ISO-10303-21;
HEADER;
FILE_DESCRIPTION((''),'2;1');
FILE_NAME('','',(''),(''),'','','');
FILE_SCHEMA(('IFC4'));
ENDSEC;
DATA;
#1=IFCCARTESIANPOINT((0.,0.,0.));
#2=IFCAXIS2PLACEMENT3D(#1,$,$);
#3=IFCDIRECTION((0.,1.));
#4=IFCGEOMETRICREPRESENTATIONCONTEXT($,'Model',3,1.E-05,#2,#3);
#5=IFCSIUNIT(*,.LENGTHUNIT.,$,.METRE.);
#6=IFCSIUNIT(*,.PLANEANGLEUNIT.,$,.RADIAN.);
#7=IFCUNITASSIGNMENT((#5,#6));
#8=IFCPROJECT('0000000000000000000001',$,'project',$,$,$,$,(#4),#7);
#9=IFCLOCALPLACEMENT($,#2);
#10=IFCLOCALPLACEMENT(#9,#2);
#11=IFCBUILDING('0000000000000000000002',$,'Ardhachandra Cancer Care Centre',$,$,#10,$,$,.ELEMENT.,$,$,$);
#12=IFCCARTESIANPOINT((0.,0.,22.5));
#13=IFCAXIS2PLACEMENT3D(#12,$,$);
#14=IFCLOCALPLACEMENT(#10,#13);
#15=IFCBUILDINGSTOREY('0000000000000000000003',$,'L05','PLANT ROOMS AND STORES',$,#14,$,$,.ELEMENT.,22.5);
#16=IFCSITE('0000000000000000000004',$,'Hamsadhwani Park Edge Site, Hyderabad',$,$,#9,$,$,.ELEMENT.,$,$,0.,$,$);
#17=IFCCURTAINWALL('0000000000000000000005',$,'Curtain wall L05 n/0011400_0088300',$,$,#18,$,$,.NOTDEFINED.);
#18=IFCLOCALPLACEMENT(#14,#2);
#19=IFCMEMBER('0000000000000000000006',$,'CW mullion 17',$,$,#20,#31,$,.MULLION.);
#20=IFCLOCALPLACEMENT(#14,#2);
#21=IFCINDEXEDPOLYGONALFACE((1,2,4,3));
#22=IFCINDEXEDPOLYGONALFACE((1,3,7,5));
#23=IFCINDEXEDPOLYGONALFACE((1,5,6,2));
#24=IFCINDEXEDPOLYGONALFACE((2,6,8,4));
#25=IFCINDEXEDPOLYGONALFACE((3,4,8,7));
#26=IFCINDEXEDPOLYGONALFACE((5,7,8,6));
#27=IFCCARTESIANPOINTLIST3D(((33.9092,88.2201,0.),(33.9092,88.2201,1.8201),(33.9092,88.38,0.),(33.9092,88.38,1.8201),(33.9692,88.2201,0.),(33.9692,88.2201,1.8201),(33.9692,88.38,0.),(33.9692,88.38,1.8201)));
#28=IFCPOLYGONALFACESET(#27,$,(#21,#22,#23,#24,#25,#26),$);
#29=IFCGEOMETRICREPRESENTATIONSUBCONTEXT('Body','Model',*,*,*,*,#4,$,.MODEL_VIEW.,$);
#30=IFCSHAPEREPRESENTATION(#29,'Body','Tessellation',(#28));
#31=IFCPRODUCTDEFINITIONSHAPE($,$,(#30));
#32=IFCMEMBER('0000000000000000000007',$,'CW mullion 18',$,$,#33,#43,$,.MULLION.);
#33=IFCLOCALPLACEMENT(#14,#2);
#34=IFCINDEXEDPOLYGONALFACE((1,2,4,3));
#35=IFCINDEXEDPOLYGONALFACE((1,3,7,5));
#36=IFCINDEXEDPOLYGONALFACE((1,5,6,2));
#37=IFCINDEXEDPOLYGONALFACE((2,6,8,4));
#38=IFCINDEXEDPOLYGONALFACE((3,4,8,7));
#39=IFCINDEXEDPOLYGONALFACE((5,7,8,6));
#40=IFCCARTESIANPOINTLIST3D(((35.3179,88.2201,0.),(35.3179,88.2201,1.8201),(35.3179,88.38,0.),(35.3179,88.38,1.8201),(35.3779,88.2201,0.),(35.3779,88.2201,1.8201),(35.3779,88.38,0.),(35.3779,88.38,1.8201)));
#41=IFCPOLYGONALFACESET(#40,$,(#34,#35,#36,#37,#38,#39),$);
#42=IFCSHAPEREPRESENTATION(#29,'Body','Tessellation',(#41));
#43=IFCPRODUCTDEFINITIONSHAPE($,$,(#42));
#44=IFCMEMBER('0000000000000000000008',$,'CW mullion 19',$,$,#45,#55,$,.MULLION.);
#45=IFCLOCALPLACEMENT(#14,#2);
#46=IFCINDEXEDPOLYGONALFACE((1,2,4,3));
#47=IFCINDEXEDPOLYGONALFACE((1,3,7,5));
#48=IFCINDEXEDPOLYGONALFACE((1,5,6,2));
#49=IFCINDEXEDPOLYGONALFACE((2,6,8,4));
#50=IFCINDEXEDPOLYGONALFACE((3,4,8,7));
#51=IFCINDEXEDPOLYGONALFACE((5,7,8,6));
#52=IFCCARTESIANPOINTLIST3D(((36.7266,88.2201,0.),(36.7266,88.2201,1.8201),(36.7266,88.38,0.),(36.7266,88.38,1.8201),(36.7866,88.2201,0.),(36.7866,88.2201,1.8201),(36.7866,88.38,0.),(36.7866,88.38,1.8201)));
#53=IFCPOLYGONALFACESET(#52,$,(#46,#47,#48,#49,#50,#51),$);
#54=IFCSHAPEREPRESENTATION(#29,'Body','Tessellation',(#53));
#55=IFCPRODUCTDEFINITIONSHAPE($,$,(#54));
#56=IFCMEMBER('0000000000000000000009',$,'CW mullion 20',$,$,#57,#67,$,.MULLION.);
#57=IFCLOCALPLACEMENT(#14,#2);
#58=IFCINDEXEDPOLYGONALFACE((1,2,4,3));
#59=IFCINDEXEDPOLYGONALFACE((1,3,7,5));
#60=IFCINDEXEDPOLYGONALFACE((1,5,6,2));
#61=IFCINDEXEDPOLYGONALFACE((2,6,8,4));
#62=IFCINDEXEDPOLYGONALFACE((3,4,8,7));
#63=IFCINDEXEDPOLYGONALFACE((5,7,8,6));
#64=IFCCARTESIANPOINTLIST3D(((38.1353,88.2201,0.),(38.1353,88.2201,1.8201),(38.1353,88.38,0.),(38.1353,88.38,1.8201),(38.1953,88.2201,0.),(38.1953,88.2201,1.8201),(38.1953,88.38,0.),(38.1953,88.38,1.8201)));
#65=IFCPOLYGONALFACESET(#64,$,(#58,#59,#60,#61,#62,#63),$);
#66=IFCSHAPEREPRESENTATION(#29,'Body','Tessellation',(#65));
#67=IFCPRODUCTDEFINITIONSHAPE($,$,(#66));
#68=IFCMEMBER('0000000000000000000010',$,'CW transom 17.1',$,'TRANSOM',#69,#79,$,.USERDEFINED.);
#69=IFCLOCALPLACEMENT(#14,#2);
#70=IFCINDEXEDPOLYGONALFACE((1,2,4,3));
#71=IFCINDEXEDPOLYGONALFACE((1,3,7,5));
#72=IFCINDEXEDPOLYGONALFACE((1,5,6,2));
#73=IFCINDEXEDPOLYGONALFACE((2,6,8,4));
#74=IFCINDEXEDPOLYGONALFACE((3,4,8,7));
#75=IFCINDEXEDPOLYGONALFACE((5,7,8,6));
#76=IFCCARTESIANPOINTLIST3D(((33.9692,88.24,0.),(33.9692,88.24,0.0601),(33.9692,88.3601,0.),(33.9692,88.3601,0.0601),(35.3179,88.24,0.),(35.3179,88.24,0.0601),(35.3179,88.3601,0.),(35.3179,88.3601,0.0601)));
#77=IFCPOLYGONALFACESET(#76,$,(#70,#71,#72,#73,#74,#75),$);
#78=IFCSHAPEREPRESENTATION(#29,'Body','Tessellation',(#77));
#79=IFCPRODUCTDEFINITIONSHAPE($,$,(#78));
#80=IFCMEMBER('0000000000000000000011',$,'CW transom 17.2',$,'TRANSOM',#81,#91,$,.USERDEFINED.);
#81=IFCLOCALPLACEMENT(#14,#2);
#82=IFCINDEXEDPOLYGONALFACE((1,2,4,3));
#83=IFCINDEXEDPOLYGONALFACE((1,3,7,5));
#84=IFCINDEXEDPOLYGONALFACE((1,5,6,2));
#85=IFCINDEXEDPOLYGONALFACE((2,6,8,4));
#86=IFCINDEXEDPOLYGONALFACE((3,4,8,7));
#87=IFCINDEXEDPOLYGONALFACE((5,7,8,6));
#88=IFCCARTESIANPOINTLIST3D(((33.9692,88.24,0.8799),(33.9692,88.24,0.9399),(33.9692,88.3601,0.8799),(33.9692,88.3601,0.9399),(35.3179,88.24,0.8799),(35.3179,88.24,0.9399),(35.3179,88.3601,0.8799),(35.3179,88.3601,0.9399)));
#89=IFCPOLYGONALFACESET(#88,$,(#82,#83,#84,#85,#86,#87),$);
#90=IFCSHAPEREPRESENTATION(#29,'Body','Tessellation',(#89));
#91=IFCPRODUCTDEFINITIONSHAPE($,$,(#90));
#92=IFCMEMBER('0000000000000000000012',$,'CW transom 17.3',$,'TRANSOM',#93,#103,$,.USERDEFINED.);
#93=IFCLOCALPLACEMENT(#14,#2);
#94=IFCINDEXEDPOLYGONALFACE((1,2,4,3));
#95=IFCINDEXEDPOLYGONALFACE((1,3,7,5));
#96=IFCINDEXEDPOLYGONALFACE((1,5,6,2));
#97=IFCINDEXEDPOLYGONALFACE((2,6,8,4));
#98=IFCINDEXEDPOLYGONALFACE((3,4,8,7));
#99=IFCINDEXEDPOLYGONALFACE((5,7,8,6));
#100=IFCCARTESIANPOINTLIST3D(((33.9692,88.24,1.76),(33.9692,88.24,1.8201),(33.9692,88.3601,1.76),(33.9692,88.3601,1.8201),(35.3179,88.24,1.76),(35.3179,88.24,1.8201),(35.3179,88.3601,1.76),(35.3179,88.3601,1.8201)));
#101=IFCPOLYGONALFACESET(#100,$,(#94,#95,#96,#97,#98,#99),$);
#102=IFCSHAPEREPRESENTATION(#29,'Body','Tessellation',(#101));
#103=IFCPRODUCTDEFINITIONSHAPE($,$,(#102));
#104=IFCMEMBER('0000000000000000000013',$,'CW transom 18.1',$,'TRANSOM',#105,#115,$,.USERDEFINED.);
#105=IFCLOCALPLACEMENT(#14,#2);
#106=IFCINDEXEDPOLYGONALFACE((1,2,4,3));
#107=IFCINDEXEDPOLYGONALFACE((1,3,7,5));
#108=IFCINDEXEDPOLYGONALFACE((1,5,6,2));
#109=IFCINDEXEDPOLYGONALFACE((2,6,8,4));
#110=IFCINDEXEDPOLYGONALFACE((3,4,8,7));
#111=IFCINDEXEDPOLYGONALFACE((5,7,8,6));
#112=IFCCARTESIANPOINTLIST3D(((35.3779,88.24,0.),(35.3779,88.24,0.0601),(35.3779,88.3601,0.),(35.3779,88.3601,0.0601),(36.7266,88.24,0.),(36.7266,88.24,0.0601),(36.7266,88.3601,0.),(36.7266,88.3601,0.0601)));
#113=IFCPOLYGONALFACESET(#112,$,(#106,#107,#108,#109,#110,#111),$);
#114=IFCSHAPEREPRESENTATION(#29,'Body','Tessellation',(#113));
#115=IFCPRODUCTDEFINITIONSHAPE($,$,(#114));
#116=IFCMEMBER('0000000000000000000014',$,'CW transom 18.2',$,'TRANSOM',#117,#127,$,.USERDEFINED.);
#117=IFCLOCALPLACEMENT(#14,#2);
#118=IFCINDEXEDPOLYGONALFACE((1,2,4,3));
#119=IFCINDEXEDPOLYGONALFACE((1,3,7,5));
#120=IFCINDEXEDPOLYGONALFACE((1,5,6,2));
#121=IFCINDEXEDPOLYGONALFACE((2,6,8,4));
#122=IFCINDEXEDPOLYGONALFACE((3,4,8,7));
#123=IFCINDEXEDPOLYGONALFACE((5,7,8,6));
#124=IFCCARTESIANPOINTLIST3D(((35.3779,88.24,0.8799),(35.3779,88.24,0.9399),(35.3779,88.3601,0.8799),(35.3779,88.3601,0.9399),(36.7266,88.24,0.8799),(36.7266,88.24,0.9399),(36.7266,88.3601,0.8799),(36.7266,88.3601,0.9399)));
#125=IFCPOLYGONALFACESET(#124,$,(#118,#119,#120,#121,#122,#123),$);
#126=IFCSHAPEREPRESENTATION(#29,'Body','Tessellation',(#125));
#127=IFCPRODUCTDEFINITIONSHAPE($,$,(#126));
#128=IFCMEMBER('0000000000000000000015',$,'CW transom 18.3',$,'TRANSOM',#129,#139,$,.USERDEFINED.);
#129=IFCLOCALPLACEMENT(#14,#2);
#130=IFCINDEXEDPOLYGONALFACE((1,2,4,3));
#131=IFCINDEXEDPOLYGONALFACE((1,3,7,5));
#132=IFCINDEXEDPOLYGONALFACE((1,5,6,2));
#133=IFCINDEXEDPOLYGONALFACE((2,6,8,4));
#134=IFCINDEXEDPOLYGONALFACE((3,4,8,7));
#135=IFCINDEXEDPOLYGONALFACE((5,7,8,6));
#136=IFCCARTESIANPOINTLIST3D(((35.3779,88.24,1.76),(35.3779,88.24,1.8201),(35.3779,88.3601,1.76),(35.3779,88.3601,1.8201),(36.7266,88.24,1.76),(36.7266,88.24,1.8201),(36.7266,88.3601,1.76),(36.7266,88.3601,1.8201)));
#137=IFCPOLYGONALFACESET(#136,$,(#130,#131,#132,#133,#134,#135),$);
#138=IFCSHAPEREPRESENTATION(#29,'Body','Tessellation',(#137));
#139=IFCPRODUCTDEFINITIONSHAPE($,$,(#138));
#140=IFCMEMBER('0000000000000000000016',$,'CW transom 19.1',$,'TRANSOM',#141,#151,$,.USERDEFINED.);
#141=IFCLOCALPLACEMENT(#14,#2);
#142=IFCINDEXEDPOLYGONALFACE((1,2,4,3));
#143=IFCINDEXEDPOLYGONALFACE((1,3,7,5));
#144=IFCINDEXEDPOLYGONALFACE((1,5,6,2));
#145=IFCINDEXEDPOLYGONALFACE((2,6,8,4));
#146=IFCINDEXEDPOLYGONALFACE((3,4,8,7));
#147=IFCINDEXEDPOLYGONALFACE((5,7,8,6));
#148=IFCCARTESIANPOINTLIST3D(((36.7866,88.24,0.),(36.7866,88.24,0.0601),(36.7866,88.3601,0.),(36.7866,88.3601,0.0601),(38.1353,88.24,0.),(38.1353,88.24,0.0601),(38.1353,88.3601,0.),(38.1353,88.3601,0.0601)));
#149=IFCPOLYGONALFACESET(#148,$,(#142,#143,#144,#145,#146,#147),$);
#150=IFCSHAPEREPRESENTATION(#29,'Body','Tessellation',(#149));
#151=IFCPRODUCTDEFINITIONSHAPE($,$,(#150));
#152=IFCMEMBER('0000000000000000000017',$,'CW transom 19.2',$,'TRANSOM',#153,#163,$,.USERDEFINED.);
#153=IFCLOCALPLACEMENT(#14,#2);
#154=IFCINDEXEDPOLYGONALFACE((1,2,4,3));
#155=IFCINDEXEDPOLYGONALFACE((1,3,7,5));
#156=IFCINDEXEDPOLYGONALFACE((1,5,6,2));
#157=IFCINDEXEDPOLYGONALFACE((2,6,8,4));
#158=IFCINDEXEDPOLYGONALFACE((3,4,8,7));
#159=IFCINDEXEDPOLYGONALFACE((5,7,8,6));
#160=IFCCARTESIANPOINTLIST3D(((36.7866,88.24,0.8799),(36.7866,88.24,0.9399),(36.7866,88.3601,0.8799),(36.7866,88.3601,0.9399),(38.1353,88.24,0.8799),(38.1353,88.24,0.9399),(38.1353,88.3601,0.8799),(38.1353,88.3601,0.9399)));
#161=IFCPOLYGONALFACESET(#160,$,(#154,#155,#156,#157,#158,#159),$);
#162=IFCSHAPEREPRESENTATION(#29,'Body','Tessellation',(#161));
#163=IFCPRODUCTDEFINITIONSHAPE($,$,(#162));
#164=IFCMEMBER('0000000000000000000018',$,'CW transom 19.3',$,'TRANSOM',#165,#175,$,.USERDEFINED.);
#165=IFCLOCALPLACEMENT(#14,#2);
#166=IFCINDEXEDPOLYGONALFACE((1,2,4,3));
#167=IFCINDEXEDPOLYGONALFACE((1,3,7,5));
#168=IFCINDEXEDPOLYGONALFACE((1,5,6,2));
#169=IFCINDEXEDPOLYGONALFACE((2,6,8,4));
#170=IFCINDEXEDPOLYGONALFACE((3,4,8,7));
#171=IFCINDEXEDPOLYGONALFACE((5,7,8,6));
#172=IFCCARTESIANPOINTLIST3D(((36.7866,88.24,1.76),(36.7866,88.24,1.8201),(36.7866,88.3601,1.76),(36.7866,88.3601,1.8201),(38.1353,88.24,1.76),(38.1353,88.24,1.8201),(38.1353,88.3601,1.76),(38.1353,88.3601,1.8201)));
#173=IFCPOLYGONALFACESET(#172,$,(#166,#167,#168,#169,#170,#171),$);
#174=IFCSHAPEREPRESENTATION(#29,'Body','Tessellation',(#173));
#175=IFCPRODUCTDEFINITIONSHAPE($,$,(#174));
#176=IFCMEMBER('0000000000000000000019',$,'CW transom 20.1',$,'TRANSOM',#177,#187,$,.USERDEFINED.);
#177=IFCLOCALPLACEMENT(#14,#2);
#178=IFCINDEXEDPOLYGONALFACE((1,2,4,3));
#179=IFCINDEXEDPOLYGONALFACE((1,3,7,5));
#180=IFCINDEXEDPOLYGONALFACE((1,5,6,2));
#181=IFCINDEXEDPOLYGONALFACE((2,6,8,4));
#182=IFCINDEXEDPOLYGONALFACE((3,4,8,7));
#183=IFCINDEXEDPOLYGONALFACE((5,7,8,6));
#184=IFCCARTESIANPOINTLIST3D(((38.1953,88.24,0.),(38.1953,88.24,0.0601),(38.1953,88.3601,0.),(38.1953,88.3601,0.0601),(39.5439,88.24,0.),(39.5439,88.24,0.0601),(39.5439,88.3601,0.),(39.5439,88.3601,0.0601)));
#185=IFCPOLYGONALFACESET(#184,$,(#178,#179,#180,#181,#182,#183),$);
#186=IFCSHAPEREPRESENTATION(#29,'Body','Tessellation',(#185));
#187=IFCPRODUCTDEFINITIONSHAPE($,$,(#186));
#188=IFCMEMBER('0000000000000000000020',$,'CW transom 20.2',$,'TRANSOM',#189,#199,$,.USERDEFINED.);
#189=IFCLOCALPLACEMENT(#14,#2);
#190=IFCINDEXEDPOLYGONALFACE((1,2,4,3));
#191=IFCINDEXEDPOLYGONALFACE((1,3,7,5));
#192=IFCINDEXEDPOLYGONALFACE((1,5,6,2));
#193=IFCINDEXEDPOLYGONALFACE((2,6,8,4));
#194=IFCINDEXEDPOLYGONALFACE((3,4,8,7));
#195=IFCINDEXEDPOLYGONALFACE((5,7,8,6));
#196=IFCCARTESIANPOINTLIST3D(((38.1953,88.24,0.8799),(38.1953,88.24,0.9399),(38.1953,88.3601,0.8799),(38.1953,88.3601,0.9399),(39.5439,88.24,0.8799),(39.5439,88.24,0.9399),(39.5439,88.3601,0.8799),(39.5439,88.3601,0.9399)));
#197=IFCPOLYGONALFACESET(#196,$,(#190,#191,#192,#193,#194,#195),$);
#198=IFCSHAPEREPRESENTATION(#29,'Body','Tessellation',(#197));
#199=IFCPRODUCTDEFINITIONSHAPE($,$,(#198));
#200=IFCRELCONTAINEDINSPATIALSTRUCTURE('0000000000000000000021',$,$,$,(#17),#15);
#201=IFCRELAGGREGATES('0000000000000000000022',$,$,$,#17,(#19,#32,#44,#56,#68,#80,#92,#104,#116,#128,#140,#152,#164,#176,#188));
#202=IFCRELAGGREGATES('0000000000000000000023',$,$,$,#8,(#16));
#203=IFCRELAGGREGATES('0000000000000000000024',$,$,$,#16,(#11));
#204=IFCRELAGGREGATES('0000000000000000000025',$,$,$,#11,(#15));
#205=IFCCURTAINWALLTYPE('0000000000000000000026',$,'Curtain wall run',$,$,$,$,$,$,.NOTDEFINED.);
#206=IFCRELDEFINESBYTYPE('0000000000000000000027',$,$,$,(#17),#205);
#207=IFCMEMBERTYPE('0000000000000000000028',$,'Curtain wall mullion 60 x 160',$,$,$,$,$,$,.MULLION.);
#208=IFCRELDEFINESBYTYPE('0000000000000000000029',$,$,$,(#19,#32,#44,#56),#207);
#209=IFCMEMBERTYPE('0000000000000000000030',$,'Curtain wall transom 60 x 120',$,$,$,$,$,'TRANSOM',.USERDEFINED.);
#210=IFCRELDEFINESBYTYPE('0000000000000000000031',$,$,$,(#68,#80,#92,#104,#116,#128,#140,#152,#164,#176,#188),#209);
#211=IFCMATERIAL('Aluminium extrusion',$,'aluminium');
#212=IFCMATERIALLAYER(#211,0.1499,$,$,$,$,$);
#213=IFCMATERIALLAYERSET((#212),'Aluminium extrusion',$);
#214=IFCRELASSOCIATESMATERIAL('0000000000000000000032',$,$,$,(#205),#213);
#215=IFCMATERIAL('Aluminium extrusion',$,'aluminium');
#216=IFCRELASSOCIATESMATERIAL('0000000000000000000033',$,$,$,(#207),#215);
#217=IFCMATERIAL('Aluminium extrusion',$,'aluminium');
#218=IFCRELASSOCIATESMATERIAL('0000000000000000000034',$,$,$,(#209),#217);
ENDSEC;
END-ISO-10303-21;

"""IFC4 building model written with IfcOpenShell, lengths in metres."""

from ifc_helpers import new_model, si_unit, direction, frame, origin, origin_2d, place, context, subcontext, project, spatial, rectangle, extrude, material, layer, layer_set, material_profile, profile_set, type_object, element, aggregate, save


model = new_model("IFC4")

# Units and contexts
model_context = context("Model", 3, precision=1e-05, world=origin(), true_north=direction((0.0, 1.0)))
body_context = subcontext(model_context, "Body", "Model", "MODEL_VIEW")
ifc_project = project(units=[si_unit("LENGTHUNIT", "METRE"), si_unit("PLANEANGLEUNIT", "RADIAN")], contexts=[model_context])

# Site, building, storey
site_placement = place(None, origin())
site = spatial("IfcSite", under=ifc_project, at=site_placement, Name="Hamsadhwani Park Edge Site, Hyderabad", CompositionType="ELEMENT", RefElevation=0.0)
building_placement = place(site_placement, origin())
building = spatial("IfcBuilding", under=site, at=building_placement, Name="Ardhachandra Cancer Care Centre", CompositionType="ELEMENT")
storey_placement = place(building_placement, frame((0.0, 0.0, 22.5)))
storey = spatial("IfcBuildingStorey", under=building, at=storey_placement, Name="L05", Description="PLANT ROOMS AND STORES", CompositionType="ELEMENT", Elevation=22.5)

# Curtain wall, members
ifc_material_1 = material(Name="Aluminium extrusion", Category="aluminium")
ifc_layer_1 = layer(ifc_material_1, 0.1499)
ifc_layer_set_1 = layer_set([ifc_layer_1], Name="Aluminium extrusion")
curtain_wall_type = type_object("IfcCurtainWallType", Name="Curtain wall run", PredefinedType="NOTDEFINED", material=ifc_layer_set_1)
curtain_wall_placement = place(storey_placement, origin())
curtain_wall = element("IfcCurtainWall", 1, at=curtain_wall_placement, inside=storey, type_object=curtain_wall_type, Name="Curtain wall L05 n/0011400_0088300", PredefinedType="NOTDEFINED")
ifc_material_2 = material(Name="Aluminium extrusion", Category="aluminium")
ifc_material_profile_1 = material_profile(ifc_material_2, rectangle(XDim=0.1599, YDim=0.0601, at=origin_2d()), Name="Curtain wall mullion 60 x 160")
ifc_profile_set_1 = profile_set([ifc_material_profile_1], Name="Aluminium extrusion")
member_type_1 = type_object("IfcMemberType", Name="Curtain wall mullion 60 x 160", PredefinedType="MULLION", material=ifc_profile_set_1)
member_1_placement = place(storey_placement, frame((33.9392, 88.3, 0.0), z_axis=(0.0, 0.0, 1.0), x_axis=(0.0, 1.0, 0.0)))
member_1 = element("IfcMember", 2, at=member_1_placement, type_object=member_type_1, Name="CW mullion 17", PredefinedType="MULLION", context=body_context, shape_type="SweptSolid", body=[
    extrude(rectangle(XDim=0.1599, YDim=0.0601, at=origin_2d()), origin(), (0.0, 0.0, 1.0), 1.8201),
])
member_2_placement = place(storey_placement, frame((35.3479, 88.3, 0.0), z_axis=(0.0, 0.0, 1.0), x_axis=(0.0, 1.0, 0.0)))
member_2 = element("IfcMember", 3, at=member_2_placement, type_object=member_type_1, Name="CW mullion 18", PredefinedType="MULLION", context=body_context, shape_type="SweptSolid", body=[
    extrude(rectangle(XDim=0.1599, YDim=0.0601, at=origin_2d()), origin(), (0.0, 0.0, 1.0), 1.8201),
])
member_3_placement = place(storey_placement, frame((36.7566, 88.3, 0.0), z_axis=(0.0, 0.0, 1.0), x_axis=(0.0, 1.0, 0.0)))
member_3 = element("IfcMember", 4, at=member_3_placement, type_object=member_type_1, Name="CW mullion 19", PredefinedType="MULLION", context=body_context, shape_type="SweptSolid", body=[
    extrude(rectangle(XDim=0.1599, YDim=0.0601, at=origin_2d()), origin(), (0.0, 0.0, 1.0), 1.8201),
])
member_4_placement = place(storey_placement, frame((38.1653, 88.3, 0.0), z_axis=(0.0, 0.0, 1.0), x_axis=(0.0, 1.0, 0.0)))
member_4 = element("IfcMember", 5, at=member_4_placement, type_object=member_type_1, Name="CW mullion 20", PredefinedType="MULLION", context=body_context, shape_type="SweptSolid", body=[
    extrude(rectangle(XDim=0.1599, YDim=0.0601, at=origin_2d()), origin(), (0.0, 0.0, 1.0), 1.8201),
])
ifc_material_3 = material(Name="Aluminium extrusion", Category="aluminium")
ifc_material_profile_2 = material_profile(ifc_material_3, rectangle(XDim=0.1201, YDim=0.0601, at=origin_2d()), Name="Curtain wall transom 60 x 120")
ifc_profile_set_2 = profile_set([ifc_material_profile_2], Name="Aluminium extrusion")
member_type_2 = type_object("IfcMemberType", Name="Curtain wall transom 60 x 120", ElementType="TRANSOM", PredefinedType="USERDEFINED", material=ifc_profile_set_2)
member_5_placement = place(storey_placement, frame((33.9692, 88.3, 0.03), z_axis=(1.0, 0.0, 0.0), x_axis=(0.0, 1.0, 0.0)))
member_5 = element("IfcMember", 6, at=member_5_placement, type_object=member_type_2, Name="CW transom 17.1", ObjectType="TRANSOM", PredefinedType="USERDEFINED", context=body_context, shape_type="SweptSolid", body=[
    extrude(rectangle(XDim=0.1201, YDim=0.0601, at=origin_2d()), origin(), (0.0, 0.0, 1.0), 1.3486),
])
member_6_placement = place(storey_placement, frame((33.9692, 88.3, 0.9099), z_axis=(1.0, 0.0, 0.0), x_axis=(0.0, 1.0, 0.0)))
member_6 = element("IfcMember", 7, at=member_6_placement, type_object=member_type_2, Name="CW transom 17.2", ObjectType="TRANSOM", PredefinedType="USERDEFINED", context=body_context, shape_type="SweptSolid", body=[
    extrude(rectangle(XDim=0.1201, YDim=0.0601, at=origin_2d()), origin(), (0.0, 0.0, 1.0), 1.3486),
])
member_7_placement = place(storey_placement, frame((33.9692, 88.3, 1.79), z_axis=(1.0, 0.0, 0.0), x_axis=(0.0, 1.0, 0.0)))
member_7 = element("IfcMember", 8, at=member_7_placement, type_object=member_type_2, Name="CW transom 17.3", ObjectType="TRANSOM", PredefinedType="USERDEFINED", context=body_context, shape_type="SweptSolid", body=[
    extrude(rectangle(XDim=0.1201, YDim=0.0601, at=origin_2d()), origin(), (0.0, 0.0, 1.0), 1.3486),
])
member_8_placement = place(storey_placement, frame((35.3779, 88.3, 0.03), z_axis=(1.0, 0.0, 0.0), x_axis=(0.0, 1.0, 0.0)))
member_8 = element("IfcMember", 9, at=member_8_placement, type_object=member_type_2, Name="CW transom 18.1", ObjectType="TRANSOM", PredefinedType="USERDEFINED", context=body_context, shape_type="SweptSolid", body=[
    extrude(rectangle(XDim=0.1201, YDim=0.0601, at=origin_2d()), origin(), (0.0, 0.0, 1.0), 1.3486),
])
member_9_placement = place(storey_placement, frame((35.3779, 88.3, 0.9099), z_axis=(1.0, 0.0, 0.0), x_axis=(0.0, 1.0, 0.0)))
member_9 = element("IfcMember", 10, at=member_9_placement, type_object=member_type_2, Name="CW transom 18.2", ObjectType="TRANSOM", PredefinedType="USERDEFINED", context=body_context, shape_type="SweptSolid", body=[
    extrude(rectangle(XDim=0.1201, YDim=0.0601, at=origin_2d()), origin(), (0.0, 0.0, 1.0), 1.3486),
])
member_10_placement = place(storey_placement, frame((35.3779, 88.3, 1.79), z_axis=(1.0, 0.0, 0.0), x_axis=(0.0, 1.0, 0.0)))
member_10 = element("IfcMember", 11, at=member_10_placement, type_object=member_type_2, Name="CW transom 18.3", ObjectType="TRANSOM", PredefinedType="USERDEFINED", context=body_context, shape_type="SweptSolid", body=[
    extrude(rectangle(XDim=0.1201, YDim=0.0601, at=origin_2d()), origin(), (0.0, 0.0, 1.0), 1.3486),
])
member_11_placement = place(storey_placement, frame((36.7866, 88.3, 0.03), z_axis=(1.0, 0.0, 0.0), x_axis=(0.0, 1.0, 0.0)))
member_11 = element("IfcMember", 12, at=member_11_placement, type_object=member_type_2, Name="CW transom 19.1", ObjectType="TRANSOM", PredefinedType="USERDEFINED", context=body_context, shape_type="SweptSolid", body=[
    extrude(rectangle(XDim=0.1201, YDim=0.0601, at=origin_2d()), origin(), (0.0, 0.0, 1.0), 1.3486),
])
member_12_placement = place(storey_placement, frame((36.7866, 88.3, 0.9099), z_axis=(1.0, 0.0, 0.0), x_axis=(0.0, 1.0, 0.0)))
member_12 = element("IfcMember", 13, at=member_12_placement, type_object=member_type_2, Name="CW transom 19.2", ObjectType="TRANSOM", PredefinedType="USERDEFINED", context=body_context, shape_type="SweptSolid", body=[
    extrude(rectangle(XDim=0.1201, YDim=0.0601, at=origin_2d()), origin(), (0.0, 0.0, 1.0), 1.3486),
])
member_13_placement = place(storey_placement, frame((36.7866, 88.3, 1.79), z_axis=(1.0, 0.0, 0.0), x_axis=(0.0, 1.0, 0.0)))
member_13 = element("IfcMember", 14, at=member_13_placement, type_object=member_type_2, Name="CW transom 19.3", ObjectType="TRANSOM", PredefinedType="USERDEFINED", context=body_context, shape_type="SweptSolid", body=[
    extrude(rectangle(XDim=0.1201, YDim=0.0601, at=origin_2d()), origin(), (0.0, 0.0, 1.0), 1.3486),
])
member_14_placement = place(storey_placement, frame((38.1953, 88.3, 0.03), z_axis=(1.0, 0.0, 0.0), x_axis=(0.0, 1.0, 0.0)))
member_14 = element("IfcMember", 15, at=member_14_placement, type_object=member_type_2, Name="CW transom 20.1", ObjectType="TRANSOM", PredefinedType="USERDEFINED", context=body_context, shape_type="SweptSolid", body=[
    extrude(rectangle(XDim=0.1201, YDim=0.0601, at=origin_2d()), origin(), (0.0, 0.0, 1.0), 1.3486),
])
member_15_placement = place(storey_placement, frame((38.1953, 88.3, 0.9099), z_axis=(1.0, 0.0, 0.0), x_axis=(0.0, 1.0, 0.0)))
member_15 = element("IfcMember", 16, at=member_15_placement, type_object=member_type_2, Name="CW transom 20.2", ObjectType="TRANSOM", PredefinedType="USERDEFINED", context=body_context, shape_type="SweptSolid", body=[
    extrude(rectangle(XDim=0.1201, YDim=0.0601, at=origin_2d()), origin(), (0.0, 0.0, 1.0), 1.3486),
])
aggregate(curtain_wall, [member_1, member_2, member_3, member_4, member_5, member_6, member_7, member_8, member_9, member_10, member_11, member_12, member_13, member_14, member_15])

save(model, "model.ifc")
